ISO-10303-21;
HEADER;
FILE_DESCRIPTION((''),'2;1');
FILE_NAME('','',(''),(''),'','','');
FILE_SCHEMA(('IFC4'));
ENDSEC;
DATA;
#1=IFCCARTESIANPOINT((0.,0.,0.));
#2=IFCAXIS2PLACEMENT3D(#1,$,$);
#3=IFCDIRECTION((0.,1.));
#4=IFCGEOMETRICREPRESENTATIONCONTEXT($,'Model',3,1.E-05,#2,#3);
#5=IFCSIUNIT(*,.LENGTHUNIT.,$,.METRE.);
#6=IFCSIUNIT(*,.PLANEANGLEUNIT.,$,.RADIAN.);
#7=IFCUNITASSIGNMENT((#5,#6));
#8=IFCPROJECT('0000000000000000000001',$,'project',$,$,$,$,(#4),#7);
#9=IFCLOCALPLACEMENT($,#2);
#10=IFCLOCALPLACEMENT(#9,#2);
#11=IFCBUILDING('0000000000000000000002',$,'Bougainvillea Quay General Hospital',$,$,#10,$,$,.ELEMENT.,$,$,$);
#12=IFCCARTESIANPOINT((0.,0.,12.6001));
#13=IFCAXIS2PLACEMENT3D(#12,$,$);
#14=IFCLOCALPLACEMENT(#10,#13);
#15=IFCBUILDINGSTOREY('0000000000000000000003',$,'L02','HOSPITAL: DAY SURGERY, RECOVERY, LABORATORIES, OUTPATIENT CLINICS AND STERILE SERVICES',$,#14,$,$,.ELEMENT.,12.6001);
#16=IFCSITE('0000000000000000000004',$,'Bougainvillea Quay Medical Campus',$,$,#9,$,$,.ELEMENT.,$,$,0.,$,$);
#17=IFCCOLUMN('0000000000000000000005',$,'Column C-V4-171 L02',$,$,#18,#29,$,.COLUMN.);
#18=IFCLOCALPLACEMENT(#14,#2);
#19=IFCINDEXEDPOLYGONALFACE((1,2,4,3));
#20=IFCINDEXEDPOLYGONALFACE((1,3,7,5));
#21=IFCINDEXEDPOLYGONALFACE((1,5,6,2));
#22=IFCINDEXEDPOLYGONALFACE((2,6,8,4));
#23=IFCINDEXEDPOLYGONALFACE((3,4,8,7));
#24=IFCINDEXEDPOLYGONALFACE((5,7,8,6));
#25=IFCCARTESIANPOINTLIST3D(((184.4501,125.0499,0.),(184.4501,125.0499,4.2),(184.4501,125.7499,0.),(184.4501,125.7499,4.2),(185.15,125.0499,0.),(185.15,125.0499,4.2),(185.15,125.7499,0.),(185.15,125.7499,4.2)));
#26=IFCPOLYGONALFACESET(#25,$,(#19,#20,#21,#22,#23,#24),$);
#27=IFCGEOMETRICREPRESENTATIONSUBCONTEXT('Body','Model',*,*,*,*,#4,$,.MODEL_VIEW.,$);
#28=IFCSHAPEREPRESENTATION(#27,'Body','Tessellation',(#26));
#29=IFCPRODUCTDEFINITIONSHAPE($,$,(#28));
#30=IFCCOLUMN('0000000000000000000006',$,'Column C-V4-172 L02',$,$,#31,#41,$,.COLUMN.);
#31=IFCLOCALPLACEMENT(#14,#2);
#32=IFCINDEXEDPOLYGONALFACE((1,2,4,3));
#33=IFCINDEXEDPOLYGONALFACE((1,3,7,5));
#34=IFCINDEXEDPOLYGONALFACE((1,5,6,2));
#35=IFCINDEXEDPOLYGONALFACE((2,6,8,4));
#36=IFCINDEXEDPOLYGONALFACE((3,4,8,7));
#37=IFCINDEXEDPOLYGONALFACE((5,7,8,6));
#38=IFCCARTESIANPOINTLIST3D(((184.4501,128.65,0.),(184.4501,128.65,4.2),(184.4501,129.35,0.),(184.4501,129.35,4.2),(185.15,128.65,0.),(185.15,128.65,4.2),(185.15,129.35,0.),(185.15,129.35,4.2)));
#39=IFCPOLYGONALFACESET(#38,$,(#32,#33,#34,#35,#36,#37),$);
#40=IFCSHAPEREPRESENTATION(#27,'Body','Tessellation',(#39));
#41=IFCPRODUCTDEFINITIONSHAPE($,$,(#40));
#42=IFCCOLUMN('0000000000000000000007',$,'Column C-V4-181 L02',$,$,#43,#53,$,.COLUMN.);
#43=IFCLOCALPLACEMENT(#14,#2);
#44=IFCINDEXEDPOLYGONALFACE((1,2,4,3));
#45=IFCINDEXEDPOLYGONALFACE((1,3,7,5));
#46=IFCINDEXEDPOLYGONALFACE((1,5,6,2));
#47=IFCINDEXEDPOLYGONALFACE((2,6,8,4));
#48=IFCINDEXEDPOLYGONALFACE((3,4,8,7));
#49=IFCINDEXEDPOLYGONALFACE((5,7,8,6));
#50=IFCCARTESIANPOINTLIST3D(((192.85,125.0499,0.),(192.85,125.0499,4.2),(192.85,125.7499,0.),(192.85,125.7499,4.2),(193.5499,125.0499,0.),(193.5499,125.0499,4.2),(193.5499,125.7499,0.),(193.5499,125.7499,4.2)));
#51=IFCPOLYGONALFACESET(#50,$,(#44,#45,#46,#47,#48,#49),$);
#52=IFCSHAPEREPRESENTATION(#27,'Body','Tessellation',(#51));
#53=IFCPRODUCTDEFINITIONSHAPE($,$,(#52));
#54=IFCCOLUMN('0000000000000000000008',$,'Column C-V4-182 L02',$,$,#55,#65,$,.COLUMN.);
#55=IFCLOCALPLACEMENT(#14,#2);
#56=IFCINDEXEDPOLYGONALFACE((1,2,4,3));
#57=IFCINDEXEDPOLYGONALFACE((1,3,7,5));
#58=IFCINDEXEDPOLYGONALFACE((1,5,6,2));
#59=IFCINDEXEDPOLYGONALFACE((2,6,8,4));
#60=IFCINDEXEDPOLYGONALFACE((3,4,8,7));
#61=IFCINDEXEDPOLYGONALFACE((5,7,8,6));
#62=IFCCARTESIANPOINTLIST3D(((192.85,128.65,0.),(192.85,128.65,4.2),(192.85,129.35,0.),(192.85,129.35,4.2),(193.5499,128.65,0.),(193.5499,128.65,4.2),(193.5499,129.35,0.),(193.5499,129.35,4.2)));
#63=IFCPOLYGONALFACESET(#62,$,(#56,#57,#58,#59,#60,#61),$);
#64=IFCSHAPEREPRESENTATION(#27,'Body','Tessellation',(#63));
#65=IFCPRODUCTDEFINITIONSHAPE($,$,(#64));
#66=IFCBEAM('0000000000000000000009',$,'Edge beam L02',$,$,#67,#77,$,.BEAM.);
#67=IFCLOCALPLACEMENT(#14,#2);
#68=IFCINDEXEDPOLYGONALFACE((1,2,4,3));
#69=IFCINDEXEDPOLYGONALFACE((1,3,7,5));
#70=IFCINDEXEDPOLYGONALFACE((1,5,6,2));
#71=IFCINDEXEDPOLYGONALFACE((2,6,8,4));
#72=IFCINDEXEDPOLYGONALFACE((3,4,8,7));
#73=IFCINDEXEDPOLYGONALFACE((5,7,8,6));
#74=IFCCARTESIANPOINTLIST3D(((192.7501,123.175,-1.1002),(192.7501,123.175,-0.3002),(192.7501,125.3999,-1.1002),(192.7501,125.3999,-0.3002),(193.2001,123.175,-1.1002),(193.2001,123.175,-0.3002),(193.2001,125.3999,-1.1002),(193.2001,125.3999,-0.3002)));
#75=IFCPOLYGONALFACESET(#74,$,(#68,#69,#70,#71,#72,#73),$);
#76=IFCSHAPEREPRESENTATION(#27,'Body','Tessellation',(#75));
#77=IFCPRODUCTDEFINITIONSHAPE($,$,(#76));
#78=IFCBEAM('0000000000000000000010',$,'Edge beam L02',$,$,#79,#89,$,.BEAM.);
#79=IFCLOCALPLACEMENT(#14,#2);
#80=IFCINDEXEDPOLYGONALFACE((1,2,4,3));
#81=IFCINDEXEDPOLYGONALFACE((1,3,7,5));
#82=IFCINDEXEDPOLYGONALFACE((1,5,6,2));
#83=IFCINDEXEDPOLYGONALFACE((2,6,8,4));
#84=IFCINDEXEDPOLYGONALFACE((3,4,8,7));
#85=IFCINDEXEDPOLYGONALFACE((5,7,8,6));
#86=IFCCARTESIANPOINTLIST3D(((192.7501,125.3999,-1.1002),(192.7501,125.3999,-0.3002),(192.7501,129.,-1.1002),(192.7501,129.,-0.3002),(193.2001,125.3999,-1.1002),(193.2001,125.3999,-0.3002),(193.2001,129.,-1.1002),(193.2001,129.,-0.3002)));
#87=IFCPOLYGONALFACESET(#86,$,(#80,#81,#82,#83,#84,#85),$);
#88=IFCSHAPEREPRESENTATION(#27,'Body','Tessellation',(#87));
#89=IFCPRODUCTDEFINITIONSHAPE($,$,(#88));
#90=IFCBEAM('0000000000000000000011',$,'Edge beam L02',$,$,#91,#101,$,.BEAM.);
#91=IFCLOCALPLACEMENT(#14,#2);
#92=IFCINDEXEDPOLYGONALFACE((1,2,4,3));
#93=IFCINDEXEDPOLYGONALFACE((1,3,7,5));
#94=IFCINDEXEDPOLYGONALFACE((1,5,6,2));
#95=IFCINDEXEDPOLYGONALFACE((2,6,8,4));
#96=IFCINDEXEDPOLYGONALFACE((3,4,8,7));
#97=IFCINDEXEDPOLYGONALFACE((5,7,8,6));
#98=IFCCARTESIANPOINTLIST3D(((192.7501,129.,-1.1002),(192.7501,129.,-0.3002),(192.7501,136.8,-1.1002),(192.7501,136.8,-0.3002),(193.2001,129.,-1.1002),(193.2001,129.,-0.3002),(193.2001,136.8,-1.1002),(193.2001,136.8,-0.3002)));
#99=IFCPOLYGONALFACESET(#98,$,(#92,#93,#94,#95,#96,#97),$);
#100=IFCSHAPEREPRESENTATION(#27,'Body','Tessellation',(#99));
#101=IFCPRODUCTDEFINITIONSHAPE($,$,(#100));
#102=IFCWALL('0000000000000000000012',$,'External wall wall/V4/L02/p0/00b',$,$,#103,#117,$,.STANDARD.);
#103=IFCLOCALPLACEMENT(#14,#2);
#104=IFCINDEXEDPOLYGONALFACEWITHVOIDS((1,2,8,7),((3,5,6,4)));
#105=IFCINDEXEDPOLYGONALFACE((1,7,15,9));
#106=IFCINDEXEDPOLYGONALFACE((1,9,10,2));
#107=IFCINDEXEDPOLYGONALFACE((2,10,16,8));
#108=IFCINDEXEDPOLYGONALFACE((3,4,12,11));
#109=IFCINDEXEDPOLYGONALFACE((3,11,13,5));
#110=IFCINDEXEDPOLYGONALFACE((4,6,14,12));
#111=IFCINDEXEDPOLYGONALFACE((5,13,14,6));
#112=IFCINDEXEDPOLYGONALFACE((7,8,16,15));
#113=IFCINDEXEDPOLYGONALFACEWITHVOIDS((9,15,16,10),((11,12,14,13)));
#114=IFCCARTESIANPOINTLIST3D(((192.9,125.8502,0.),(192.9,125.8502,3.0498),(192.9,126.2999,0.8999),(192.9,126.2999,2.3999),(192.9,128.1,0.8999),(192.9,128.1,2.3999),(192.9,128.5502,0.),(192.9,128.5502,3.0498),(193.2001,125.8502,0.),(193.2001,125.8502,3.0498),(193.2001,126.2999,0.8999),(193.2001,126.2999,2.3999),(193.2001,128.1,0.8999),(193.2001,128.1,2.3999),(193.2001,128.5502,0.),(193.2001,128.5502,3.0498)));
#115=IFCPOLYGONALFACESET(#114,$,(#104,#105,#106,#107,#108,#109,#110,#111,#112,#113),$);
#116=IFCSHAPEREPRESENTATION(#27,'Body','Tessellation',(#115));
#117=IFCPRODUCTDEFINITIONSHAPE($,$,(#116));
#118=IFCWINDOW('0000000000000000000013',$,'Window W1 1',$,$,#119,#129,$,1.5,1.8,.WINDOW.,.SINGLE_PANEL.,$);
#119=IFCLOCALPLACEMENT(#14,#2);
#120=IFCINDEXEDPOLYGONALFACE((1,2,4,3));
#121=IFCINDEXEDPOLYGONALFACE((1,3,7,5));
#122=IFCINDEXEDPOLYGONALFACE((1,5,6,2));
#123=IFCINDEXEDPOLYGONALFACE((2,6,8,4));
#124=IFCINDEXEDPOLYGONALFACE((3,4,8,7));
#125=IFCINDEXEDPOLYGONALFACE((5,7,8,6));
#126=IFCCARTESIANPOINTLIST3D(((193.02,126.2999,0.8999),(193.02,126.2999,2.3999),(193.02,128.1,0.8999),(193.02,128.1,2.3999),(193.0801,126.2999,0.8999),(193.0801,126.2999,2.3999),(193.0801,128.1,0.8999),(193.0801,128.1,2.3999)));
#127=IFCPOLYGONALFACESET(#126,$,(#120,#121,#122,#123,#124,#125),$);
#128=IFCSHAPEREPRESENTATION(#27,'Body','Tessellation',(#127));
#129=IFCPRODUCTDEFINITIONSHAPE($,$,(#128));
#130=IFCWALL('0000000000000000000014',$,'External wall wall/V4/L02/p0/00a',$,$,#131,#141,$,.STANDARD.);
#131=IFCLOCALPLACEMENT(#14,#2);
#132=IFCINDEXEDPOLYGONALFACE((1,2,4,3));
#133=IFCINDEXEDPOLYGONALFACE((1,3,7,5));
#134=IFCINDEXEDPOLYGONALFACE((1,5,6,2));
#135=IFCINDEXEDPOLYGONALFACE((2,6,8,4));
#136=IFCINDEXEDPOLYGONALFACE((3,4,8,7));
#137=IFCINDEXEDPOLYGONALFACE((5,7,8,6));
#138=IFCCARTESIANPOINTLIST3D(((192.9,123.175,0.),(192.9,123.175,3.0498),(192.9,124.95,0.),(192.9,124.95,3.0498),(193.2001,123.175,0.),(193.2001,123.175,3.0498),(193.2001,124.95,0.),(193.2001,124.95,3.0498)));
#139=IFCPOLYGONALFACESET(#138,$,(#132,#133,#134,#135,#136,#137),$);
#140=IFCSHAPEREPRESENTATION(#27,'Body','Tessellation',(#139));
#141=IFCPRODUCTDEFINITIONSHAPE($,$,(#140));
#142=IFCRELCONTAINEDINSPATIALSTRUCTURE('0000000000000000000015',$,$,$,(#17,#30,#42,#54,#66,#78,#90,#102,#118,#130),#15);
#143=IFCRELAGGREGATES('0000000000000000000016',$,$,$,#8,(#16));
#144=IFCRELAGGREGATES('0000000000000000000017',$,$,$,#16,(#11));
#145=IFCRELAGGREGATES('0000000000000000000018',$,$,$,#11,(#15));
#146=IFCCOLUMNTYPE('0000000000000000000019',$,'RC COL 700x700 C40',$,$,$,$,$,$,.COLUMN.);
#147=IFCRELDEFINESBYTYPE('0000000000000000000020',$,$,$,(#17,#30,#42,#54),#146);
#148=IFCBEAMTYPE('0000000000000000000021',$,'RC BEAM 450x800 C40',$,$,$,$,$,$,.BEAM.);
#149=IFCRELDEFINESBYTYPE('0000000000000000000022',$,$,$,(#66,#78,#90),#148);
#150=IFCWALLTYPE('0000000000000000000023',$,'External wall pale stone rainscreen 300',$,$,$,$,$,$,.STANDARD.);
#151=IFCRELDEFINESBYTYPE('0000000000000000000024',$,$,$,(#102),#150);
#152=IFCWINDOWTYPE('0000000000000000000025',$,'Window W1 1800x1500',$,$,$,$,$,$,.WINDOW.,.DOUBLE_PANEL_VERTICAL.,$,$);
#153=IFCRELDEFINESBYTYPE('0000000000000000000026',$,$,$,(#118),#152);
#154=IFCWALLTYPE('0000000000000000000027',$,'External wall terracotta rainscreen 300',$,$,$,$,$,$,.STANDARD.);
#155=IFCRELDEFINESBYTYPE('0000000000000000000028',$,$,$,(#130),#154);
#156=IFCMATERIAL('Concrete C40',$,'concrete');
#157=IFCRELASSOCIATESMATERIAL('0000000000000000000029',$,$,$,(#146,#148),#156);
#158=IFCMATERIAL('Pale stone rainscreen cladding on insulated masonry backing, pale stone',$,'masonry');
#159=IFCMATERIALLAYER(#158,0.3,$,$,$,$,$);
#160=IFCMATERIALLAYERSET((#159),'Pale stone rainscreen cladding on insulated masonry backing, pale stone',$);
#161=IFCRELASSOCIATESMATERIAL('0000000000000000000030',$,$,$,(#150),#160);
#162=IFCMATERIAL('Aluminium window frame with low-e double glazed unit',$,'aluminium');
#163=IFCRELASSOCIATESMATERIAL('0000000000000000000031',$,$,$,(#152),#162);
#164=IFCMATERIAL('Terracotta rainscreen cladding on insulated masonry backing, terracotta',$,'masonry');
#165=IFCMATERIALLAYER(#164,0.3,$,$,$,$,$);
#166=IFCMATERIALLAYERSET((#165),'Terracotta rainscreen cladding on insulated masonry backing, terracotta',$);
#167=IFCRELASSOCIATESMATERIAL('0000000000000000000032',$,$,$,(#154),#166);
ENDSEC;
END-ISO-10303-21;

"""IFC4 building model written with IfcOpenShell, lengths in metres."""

from ifc_helpers import new_model, si_unit, direction, frame, frame_2d, origin, origin_2d, place, context, subcontext, project, spatial, rectangle, extrude, material, layer, layer_set, material_profile, profile_set, type_object, element, fill, save


model = new_model("IFC4")

# Units and contexts
model_context = context("Model", 3, precision=1e-05, world=origin(), true_north=direction((0.0, 1.0)))
body_context = subcontext(model_context, "Body", "Model", "MODEL_VIEW")
ifc_project = project(units=[si_unit("LENGTHUNIT", "METRE"), si_unit("PLANEANGLEUNIT", "RADIAN")], contexts=[model_context])

# Site, building, storey
site_placement = place(None, origin())
site = spatial("IfcSite", under=ifc_project, at=site_placement, Name="Bougainvillea Quay Medical Campus", CompositionType="ELEMENT", RefElevation=0.0)
building_placement = place(site_placement, origin())
building = spatial("IfcBuilding", under=site, at=building_placement, Name="Bougainvillea Quay General Hospital", CompositionType="ELEMENT")
storey_placement = place(building_placement, frame((0.0, 0.0, 12.6001)))
storey = spatial("IfcBuildingStorey", under=building, at=storey_placement, Name="L02", Description="HOSPITAL: DAY SURGERY, RECOVERY, LABORATORIES, OUTPATIENT CLINICS AND STERILE SERVICES", CompositionType="ELEMENT", Elevation=12.6001)

# Columns
ifc_material_1 = material(Name="Concrete C40", Category="concrete")
ifc_material_profile_1 = material_profile(ifc_material_1, rectangle(XDim=0.7, YDim=0.7, at=origin_2d()))
ifc_profile_set_1 = profile_set([ifc_material_profile_1], Name="Concrete C40")
column_type = type_object("IfcColumnType", Name="RC COL 700x700 C40", PredefinedType="COLUMN", material=ifc_profile_set_1)
for number, where, z_axis, x_axis, name in (
    (1, (184.8, 125.3999, 0.0), (0.0, 0.0, 1.0), (1.0, 0.0, 0.0), "Column C-V4-171 L02"),
    (2, (184.8, 129.0, 0.0), (0.0, 0.0, 1.0), (1.0, 0.0, 0.0), "Column C-V4-172 L02"),
    (3, (193.2, 125.3999, 0.0), (0.0, 0.0, 1.0), (1.0, 0.0, 0.0), "Column C-V4-181 L02"),
    (4, (193.2, 129.0, 0.0), (0.0, 0.0, 1.0), (1.0, 0.0, 0.0), "Column C-V4-182 L02"),
):
    element("IfcColumn", number, at=place(storey_placement, frame(where, z_axis=z_axis, x_axis=x_axis)), inside=storey, type_object=column_type, Name=name, PredefinedType="COLUMN", context=body_context, shape_type="SweptSolid", body=[
        extrude(rectangle(XDim=0.7, YDim=0.7, at=origin_2d()), origin(), (0.0, 0.0, 1.0), 4.2),
    ])

# Beams
ifc_material_profile_2 = material_profile(ifc_material_1, rectangle(XDim=0.45, YDim=0.8, at=origin_2d()))
ifc_profile_set_2 = profile_set([ifc_material_profile_2], Name="Concrete C40")
beam_type = type_object("IfcBeamType", Name="RC BEAM 450x800 C40", PredefinedType="BEAM", material=ifc_profile_set_2)
beam_1_placement = place(storey_placement, frame((192.9751, 123.175, -0.7002), z_axis=(0.0, 1.0, 0.0), x_axis=(-1.0, 0.0, 0.0)))
element("IfcBeam", 5, at=beam_1_placement, inside=storey, type_object=beam_type, Name="Edge beam L02", PredefinedType="BEAM", context=body_context, shape_type="SweptSolid", body=[
    extrude(rectangle(XDim=0.45, YDim=0.8, at=origin_2d()), origin(), (0.0, 0.0, 1.0), 2.2249),
])
beam_2_placement = place(storey_placement, frame((192.9751, 125.3999, -0.7002), z_axis=(0.0, 1.0, 0.0), x_axis=(-1.0, 0.0, 0.0)))
element("IfcBeam", 6, at=beam_2_placement, inside=storey, type_object=beam_type, Name="Edge beam L02", PredefinedType="BEAM", context=body_context, shape_type="SweptSolid", body=[
    extrude(rectangle(XDim=0.45, YDim=0.8, at=origin_2d()), origin(), (0.0, 0.0, 1.0), 3.6001),
])
beam_3_placement = place(storey_placement, frame((192.9751, 129.0, -0.7002), z_axis=(0.0, 1.0, 0.0), x_axis=(-1.0, 0.0, 0.0)))
element("IfcBeam", 7, at=beam_3_placement, inside=storey, type_object=beam_type, Name="Edge beam L02", PredefinedType="BEAM", context=body_context, shape_type="SweptSolid", body=[
    extrude(rectangle(XDim=0.45, YDim=0.8, at=origin_2d()), origin(), (0.0, 0.0, 1.0), 7.8),
])

# Wall, opening, window
ifc_material_2 = material(Name="Pale stone rainscreen cladding on insulated masonry backing, pale stone", Category="masonry")
ifc_layer_1 = layer(ifc_material_2, 0.3)
ifc_layer_set_1 = layer_set([ifc_layer_1], Name="Pale stone rainscreen cladding on insulated masonry backing, pale stone")
wall_type_1 = type_object("IfcWallType", Name="External wall pale stone rainscreen 300", PredefinedType="STANDARD", material=ifc_layer_set_1)
wall_1_placement = place(storey_placement, frame((193.05, 125.8501, 0.0), z_axis=(0.0, 0.0, 1.0), x_axis=(0.0, 1.0, 0.0)))
wall_1 = element("IfcWall", 8, at=wall_1_placement, inside=storey, type_object=wall_type_1, Name="External wall wall/V4/L02/p0/00b", PredefinedType="STANDARD", context=body_context, shape_type="SweptSolid", body=[
    extrude(rectangle(XDim=2.7, YDim=0.3, at=frame_2d((1.3501, 0.0))), origin(), (0.0, 0.0, 1.0), 3.0498),
])
opening_1_placement = place(wall_1_placement, frame((0.45, 0.0, 0.8999)))
opening_1 = element("IfcOpeningElement", 9, at=opening_1_placement, cuts=wall_1, PredefinedType="OPENING", context=body_context, shape_type="SweptSolid", body=[
    extrude(rectangle(XDim=1.8, YDim=1.5, at=frame_2d((0.8999, 0.75))), frame((0.0, 0.1599, 0.0), z_axis=(0.0, -1.0, 0.0), x_axis=(1.0, 0.0, 0.0)), (0.0, 0.0, 1.0), 0.3201),
])
ifc_material_3 = material(Name="Aluminium window frame with low-e double glazed unit", Category="aluminium")
window_type = type_object("IfcWindowType", Name="Window W1 1800x1500", PartitioningType="DOUBLE_PANEL_VERTICAL", PredefinedType="WINDOW", material=ifc_material_3)
window_placement = place(opening_1_placement, origin())
window = element("IfcWindow", 10, at=window_placement, inside=storey, type_object=window_type, Name="Window W1 1", OverallHeight=1.5, OverallWidth=1.8, PartitioningType="SINGLE_PANEL", PredefinedType="WINDOW", context=body_context, shape_type="SweptSolid", body=[
    extrude(rectangle(XDim=1.8, YDim=1.5, at=frame_2d((0.8999, 0.75))), frame((0.0, 0.03, 0.0), z_axis=(0.0, -1.0, 0.0), x_axis=(1.0, 0.0, 0.0)), (0.0, 0.0, 1.0), 0.0601),
])
fill(opening_1, window)

# Wall
ifc_material_4 = material(Name="Terracotta rainscreen cladding on insulated masonry backing, terracotta", Category="masonry")
ifc_layer_2 = layer(ifc_material_4, 0.3)
ifc_layer_set_2 = layer_set([ifc_layer_2], Name="Terracotta rainscreen cladding on insulated masonry backing, terracotta")
wall_type_2 = type_object("IfcWallType", Name="External wall terracotta rainscreen 300", PredefinedType="STANDARD", material=ifc_layer_set_2)
wall_2_placement = place(storey_placement, frame((193.05, 123.175, 0.0), z_axis=(0.0, 0.0, 1.0), x_axis=(0.0, 1.0, 0.0)))
element("IfcWall", 11, at=wall_2_placement, inside=storey, type_object=wall_type_2, Name="External wall wall/V4/L02/p0/00a", PredefinedType="STANDARD", context=body_context, shape_type="SweptSolid", body=[
    extrude(rectangle(XDim=1.7749, YDim=0.3, at=frame_2d((0.8875, 0.0))), origin(), (0.0, 0.0, 1.0), 3.0498),
])

save(model, "model.ifc")
